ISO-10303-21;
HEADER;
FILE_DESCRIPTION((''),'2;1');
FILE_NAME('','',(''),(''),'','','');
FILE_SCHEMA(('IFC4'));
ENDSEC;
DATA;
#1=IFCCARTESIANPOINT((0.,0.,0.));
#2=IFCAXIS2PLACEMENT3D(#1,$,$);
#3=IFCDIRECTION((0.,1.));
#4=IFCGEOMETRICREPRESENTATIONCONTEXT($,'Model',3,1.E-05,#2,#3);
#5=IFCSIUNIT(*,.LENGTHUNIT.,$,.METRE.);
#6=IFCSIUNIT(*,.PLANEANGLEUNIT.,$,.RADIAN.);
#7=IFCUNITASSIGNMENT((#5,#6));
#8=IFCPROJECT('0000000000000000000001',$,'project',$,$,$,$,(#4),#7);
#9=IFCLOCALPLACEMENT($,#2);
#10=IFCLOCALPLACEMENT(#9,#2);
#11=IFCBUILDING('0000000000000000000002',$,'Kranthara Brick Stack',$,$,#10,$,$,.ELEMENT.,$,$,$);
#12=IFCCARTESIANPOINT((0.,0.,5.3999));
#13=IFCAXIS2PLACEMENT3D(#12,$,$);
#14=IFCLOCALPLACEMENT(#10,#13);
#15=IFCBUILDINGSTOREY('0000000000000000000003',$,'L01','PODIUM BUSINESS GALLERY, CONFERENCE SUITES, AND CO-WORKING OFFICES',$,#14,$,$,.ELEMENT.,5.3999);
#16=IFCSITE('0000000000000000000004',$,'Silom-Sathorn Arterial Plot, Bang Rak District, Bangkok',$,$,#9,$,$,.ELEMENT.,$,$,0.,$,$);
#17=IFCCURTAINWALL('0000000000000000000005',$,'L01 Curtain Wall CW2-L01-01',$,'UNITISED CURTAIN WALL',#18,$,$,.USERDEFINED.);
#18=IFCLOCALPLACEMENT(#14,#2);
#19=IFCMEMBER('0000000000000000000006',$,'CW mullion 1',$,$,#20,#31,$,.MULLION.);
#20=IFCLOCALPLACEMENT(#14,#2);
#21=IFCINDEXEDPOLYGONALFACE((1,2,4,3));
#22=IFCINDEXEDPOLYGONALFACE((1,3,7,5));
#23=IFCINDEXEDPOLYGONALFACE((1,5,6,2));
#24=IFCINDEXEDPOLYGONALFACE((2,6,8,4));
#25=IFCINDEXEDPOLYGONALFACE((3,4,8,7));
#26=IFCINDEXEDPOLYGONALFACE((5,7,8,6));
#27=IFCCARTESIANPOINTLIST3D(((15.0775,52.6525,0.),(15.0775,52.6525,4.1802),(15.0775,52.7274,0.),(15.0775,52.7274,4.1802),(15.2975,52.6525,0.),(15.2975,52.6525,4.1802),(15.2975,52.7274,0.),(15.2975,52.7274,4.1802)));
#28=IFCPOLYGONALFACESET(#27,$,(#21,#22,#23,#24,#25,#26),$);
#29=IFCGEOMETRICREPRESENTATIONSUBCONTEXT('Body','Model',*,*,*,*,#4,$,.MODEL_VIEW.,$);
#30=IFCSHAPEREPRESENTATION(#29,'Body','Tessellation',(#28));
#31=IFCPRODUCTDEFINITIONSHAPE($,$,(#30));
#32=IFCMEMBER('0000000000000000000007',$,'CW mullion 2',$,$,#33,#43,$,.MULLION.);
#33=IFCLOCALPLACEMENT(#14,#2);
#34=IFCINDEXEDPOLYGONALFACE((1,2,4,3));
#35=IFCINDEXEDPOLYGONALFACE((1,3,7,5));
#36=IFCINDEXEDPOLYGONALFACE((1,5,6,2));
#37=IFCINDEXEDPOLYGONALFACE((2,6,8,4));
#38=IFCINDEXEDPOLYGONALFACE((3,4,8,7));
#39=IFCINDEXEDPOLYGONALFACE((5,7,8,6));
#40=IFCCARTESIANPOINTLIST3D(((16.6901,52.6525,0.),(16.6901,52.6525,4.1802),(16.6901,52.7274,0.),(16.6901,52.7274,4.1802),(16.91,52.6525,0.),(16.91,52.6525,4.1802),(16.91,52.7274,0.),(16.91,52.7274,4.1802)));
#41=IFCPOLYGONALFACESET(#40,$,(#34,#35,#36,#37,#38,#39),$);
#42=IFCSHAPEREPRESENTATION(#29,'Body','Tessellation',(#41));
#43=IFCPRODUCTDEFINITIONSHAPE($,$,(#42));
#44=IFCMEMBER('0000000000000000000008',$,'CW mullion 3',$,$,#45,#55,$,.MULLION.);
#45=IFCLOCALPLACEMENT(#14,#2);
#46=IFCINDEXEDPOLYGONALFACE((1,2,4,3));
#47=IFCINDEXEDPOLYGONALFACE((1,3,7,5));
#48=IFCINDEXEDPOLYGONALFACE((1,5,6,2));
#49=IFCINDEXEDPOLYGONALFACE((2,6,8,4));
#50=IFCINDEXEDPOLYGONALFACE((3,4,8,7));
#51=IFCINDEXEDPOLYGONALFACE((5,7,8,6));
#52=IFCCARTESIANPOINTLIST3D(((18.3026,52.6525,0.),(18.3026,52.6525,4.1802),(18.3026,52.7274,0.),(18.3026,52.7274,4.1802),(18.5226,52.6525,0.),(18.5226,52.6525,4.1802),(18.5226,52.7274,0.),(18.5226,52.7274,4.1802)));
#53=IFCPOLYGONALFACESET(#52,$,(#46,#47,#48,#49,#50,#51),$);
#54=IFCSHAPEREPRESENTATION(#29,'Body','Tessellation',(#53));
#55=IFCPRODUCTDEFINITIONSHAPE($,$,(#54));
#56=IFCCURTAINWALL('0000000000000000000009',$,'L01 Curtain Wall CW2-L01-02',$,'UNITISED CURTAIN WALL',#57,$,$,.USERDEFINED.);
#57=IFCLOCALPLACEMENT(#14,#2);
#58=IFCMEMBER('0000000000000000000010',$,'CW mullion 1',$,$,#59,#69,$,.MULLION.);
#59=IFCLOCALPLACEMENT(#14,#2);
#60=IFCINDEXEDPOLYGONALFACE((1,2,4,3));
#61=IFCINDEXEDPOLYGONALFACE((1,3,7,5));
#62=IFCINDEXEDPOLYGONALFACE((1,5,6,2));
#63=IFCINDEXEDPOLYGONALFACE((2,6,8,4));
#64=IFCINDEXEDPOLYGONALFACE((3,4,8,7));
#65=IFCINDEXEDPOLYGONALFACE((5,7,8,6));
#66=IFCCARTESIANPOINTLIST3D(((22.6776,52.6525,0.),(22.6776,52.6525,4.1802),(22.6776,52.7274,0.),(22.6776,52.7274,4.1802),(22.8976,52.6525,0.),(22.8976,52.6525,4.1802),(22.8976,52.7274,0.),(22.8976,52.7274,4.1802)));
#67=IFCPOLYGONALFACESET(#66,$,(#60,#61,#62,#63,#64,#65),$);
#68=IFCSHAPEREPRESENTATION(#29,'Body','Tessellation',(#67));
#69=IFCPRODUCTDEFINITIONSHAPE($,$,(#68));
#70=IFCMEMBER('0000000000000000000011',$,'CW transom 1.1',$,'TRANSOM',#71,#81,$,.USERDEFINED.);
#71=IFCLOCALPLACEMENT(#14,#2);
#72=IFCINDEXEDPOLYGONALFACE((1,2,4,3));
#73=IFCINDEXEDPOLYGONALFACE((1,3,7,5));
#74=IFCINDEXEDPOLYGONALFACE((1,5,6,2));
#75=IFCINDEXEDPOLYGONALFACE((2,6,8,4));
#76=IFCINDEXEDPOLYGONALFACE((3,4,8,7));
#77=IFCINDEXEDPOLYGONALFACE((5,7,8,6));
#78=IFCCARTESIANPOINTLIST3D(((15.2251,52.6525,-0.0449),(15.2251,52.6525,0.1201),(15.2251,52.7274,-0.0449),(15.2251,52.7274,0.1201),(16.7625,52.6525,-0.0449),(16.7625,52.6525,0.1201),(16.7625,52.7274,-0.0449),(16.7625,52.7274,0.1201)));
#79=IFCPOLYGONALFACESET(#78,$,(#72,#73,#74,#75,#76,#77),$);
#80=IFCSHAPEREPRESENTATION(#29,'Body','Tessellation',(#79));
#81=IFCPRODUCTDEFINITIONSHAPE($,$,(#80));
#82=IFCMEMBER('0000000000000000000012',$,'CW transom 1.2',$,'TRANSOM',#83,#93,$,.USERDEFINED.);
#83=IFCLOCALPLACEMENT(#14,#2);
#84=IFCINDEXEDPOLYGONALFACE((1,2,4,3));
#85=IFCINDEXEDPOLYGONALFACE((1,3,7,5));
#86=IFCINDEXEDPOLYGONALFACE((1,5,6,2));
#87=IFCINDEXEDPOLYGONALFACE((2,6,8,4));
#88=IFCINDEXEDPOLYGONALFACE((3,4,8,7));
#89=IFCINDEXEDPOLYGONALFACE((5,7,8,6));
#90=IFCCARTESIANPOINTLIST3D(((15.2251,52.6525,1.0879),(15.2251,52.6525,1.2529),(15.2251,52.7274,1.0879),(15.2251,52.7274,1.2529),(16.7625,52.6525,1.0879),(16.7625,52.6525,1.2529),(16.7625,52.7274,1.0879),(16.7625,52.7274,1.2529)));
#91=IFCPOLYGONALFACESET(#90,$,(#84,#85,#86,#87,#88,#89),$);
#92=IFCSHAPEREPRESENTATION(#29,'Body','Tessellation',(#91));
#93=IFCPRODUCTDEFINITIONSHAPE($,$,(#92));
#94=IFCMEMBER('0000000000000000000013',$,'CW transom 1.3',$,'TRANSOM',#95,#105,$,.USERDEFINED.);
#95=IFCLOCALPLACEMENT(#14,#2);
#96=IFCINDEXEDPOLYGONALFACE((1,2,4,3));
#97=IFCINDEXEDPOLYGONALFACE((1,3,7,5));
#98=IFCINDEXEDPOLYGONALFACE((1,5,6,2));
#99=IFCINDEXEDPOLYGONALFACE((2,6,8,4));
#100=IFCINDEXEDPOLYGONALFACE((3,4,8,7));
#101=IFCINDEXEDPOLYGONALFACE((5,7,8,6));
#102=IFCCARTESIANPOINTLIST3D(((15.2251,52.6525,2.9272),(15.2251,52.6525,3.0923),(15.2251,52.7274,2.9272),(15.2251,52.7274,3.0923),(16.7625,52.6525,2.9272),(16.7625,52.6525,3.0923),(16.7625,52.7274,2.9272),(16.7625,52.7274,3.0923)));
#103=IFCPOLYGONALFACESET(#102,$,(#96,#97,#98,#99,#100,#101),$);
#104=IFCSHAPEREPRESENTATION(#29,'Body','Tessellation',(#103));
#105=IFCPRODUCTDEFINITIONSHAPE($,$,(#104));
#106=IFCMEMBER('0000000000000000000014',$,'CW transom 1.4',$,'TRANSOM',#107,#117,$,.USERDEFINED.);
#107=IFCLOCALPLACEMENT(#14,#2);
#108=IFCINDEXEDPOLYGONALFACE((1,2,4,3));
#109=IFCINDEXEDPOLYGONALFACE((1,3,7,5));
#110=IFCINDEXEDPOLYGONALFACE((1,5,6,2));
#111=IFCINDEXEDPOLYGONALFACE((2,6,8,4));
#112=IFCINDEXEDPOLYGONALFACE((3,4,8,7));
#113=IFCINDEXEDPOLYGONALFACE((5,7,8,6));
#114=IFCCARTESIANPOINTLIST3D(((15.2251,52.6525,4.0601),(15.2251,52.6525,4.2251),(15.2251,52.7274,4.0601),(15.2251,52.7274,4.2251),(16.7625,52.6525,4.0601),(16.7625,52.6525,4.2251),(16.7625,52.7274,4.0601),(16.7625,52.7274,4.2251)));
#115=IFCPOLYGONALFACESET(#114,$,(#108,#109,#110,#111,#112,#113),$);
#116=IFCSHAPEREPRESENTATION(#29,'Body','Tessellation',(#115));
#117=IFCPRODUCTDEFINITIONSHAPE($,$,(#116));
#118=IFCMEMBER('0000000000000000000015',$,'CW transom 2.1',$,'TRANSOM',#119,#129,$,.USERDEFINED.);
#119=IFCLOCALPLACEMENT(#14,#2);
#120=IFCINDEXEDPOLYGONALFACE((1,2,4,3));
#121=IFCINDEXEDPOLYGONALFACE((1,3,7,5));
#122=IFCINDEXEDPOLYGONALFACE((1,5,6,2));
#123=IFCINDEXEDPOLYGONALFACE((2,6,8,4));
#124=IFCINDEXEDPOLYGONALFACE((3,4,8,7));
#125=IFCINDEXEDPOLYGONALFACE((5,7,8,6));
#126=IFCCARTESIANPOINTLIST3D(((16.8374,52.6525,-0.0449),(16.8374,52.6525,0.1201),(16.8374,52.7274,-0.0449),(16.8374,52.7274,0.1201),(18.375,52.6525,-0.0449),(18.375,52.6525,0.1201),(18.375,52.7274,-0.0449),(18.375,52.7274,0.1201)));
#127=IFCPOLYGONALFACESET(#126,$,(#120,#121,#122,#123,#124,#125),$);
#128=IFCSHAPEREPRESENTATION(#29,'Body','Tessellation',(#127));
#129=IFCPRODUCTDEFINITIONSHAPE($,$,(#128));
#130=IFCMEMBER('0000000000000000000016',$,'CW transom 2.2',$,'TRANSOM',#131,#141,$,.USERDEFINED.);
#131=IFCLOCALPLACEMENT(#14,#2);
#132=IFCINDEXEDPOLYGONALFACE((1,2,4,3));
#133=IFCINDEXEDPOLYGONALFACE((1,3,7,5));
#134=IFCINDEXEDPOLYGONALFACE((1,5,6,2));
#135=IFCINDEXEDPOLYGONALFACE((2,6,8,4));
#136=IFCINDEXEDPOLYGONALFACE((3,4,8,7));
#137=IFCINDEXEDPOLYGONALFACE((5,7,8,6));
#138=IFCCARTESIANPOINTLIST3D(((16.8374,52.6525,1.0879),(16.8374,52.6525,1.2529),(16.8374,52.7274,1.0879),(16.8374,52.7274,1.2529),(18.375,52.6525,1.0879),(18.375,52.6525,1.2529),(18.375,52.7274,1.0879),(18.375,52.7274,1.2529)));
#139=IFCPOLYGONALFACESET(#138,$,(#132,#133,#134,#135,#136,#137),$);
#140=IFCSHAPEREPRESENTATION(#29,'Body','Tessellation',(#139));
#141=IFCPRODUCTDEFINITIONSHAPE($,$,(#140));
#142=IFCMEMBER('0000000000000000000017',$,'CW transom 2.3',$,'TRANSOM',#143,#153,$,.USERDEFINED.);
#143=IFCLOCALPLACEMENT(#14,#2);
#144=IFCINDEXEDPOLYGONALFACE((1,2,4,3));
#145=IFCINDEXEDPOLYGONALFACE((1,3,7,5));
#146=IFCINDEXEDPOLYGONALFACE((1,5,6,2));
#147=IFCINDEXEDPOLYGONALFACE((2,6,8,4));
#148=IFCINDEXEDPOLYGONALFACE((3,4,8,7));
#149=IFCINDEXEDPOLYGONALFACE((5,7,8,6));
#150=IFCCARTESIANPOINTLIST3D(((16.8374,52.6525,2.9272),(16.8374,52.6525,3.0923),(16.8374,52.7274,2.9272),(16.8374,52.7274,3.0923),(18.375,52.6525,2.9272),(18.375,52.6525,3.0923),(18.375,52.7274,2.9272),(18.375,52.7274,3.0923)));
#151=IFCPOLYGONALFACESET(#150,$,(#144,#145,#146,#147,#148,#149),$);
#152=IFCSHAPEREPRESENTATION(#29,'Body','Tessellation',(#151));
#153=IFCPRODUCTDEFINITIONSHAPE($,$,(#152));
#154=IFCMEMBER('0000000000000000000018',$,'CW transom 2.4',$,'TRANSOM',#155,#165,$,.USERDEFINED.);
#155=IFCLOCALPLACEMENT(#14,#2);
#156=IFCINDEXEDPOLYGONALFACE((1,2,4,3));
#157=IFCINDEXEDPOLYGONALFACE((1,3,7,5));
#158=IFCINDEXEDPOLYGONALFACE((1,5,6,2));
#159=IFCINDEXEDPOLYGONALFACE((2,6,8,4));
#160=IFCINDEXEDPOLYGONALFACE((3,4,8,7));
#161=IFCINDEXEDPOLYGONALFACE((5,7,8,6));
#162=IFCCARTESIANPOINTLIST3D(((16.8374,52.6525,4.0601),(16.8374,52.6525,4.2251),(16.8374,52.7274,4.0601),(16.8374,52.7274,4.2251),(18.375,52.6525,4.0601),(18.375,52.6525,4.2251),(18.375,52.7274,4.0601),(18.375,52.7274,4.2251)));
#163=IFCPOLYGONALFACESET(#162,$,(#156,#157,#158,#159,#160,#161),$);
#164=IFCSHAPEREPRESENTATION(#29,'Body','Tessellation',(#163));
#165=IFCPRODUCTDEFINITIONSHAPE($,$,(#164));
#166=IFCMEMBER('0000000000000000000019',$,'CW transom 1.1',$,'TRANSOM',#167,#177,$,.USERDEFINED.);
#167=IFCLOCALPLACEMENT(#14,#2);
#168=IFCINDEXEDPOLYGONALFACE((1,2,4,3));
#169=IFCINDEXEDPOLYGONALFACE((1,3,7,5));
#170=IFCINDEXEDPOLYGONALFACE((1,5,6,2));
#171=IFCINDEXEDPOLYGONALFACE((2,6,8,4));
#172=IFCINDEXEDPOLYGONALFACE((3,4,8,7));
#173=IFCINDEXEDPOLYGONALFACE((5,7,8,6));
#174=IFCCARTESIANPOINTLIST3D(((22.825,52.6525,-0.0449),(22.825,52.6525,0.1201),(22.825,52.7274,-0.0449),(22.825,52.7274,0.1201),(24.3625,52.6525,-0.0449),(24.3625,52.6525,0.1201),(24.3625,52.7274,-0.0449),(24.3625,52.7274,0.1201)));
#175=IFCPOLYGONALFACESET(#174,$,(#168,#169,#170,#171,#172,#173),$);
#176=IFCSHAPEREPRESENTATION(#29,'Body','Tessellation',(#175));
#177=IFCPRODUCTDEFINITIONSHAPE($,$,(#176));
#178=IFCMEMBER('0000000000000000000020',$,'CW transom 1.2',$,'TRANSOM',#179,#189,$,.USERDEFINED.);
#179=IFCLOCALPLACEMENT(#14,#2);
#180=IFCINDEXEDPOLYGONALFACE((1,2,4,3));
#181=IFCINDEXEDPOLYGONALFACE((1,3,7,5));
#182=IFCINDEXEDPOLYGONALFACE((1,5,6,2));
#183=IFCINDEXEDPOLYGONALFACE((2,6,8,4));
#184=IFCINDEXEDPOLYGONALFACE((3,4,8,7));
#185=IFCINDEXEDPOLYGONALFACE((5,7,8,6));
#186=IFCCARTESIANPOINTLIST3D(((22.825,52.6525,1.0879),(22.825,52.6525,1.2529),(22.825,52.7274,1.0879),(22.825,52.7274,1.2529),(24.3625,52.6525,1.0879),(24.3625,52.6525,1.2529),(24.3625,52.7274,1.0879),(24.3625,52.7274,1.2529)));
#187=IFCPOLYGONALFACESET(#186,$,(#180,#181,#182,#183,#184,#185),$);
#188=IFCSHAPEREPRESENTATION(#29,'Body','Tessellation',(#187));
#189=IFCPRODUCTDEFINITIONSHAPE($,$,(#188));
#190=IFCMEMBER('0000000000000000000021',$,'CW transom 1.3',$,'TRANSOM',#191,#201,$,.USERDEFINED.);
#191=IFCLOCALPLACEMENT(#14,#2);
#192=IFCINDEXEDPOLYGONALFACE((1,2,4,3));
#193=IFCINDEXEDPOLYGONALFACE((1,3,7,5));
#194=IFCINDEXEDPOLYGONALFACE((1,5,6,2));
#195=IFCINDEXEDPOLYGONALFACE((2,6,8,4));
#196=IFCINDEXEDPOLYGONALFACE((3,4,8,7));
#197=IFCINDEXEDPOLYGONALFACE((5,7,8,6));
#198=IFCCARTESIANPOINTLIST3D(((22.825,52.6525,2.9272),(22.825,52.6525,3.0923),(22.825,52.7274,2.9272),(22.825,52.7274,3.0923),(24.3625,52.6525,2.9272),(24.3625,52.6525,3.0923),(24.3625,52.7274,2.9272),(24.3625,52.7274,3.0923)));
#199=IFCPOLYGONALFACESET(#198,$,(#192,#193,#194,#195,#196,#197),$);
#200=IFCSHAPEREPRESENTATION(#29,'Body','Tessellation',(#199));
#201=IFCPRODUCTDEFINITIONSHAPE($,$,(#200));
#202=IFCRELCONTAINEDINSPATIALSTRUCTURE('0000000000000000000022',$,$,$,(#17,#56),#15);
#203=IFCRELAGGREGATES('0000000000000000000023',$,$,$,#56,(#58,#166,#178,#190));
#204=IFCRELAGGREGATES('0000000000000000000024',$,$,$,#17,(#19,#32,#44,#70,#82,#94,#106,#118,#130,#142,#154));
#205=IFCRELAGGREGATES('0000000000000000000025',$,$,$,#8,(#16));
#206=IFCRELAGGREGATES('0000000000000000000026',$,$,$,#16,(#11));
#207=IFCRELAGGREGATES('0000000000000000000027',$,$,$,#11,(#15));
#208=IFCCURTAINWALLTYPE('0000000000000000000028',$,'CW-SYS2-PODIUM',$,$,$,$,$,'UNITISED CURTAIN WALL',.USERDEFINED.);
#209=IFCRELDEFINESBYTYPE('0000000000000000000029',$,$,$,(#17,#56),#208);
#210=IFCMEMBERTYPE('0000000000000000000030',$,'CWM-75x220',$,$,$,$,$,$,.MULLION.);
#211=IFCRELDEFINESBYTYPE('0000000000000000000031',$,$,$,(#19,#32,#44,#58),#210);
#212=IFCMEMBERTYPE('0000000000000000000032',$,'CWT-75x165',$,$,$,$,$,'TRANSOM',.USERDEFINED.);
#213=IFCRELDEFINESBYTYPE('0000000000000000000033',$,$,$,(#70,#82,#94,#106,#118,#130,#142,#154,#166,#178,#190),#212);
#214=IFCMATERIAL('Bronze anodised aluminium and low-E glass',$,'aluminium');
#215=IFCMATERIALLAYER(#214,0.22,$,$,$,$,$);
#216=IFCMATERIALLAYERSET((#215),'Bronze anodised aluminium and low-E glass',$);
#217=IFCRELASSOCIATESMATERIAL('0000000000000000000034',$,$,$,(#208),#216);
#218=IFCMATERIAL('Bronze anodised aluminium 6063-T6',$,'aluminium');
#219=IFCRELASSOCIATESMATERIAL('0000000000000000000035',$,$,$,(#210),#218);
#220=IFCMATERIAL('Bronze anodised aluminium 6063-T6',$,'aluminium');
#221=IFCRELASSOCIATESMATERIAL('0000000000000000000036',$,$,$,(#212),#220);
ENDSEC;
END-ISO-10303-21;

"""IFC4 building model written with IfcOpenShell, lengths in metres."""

from ifc_helpers import new_model, si_unit, direction, frame, origin, origin_2d, place, context, subcontext, project, spatial, rectangle, extrude, material, layer, layer_set, material_profile, profile_set, type_object, element, aggregate, save


model = new_model("IFC4")

# Units and contexts
model_context = context("Model", 3, precision=1e-05, world=origin(), true_north=direction((0.0, 1.0)))
body_context = subcontext(model_context, "Body", "Model", "MODEL_VIEW")
ifc_project = project(units=[si_unit("LENGTHUNIT", "METRE"), si_unit("PLANEANGLEUNIT", "RADIAN")], contexts=[model_context])

# Site, building, storey
site_placement = place(None, origin())
site = spatial("IfcSite", under=ifc_project, at=site_placement, Name="Silom-Sathorn Arterial Plot, Bang Rak District, Bangkok", CompositionType="ELEMENT", RefElevation=0.0)
building_placement = place(site_placement, origin())
building = spatial("IfcBuilding", under=site, at=building_placement, Name="Kranthara Brick Stack", CompositionType="ELEMENT")
storey_placement = place(building_placement, frame((0.0, 0.0, 5.3999)))
storey = spatial("IfcBuildingStorey", under=building, at=storey_placement, Name="L01", Description="PODIUM BUSINESS GALLERY, CONFERENCE SUITES, AND CO-WORKING OFFICES", CompositionType="ELEMENT", Elevation=5.3999)

# Curtain wall, members
ifc_material_1 = material(Name="Bronze anodised aluminium and low-E glass", Category="aluminium")
ifc_layer_1 = layer(ifc_material_1, 0.22)
ifc_layer_set_1 = layer_set([ifc_layer_1], Name="Bronze anodised aluminium and low-E glass")
curtain_wall_type = type_object("IfcCurtainWallType", Name="CW-SYS2-PODIUM", ElementType="UNITISED CURTAIN WALL", PredefinedType="USERDEFINED", material=ifc_layer_set_1)
curtain_wall_1_placement = place(storey_placement, origin())
curtain_wall_1 = element("IfcCurtainWall", 1, at=curtain_wall_1_placement, inside=storey, type_object=curtain_wall_type, Name="L01 Curtain Wall CW2-L01-01", ObjectType="UNITISED CURTAIN WALL", PredefinedType="USERDEFINED")
ifc_material_2 = material(Name="Bronze anodised aluminium 6063-T6", Category="aluminium")
ifc_material_profile_1 = material_profile(ifc_material_2, rectangle(XDim=0.075, YDim=0.22, at=origin_2d()), Name="ALU MULLION 75x220")
ifc_profile_set_1 = profile_set([ifc_material_profile_1], Name="Bronze anodised aluminium 6063-T6")
member_type_1 = type_object("IfcMemberType", Name="CWM-75x220", PredefinedType="MULLION", material=ifc_profile_set_1)
member_1_placement = place(storey_placement, frame((15.1875, 52.6899, 0.0), z_axis=(0.0, 0.0, 1.0), x_axis=(0.0, 1.0, 0.0)))
member_1 = element("IfcMember", 2, at=member_1_placement, type_object=member_type_1, Name="CW mullion 1", PredefinedType="MULLION", context=body_context, shape_type="SweptSolid", body=[
    extrude(rectangle(XDim=0.075, YDim=0.22, at=origin_2d()), origin(), (0.0, 0.0, 1.0), 4.1802),
])
member_2_placement = place(storey_placement, frame((16.8, 52.6899, 0.0), z_axis=(0.0, 0.0, 1.0), x_axis=(0.0, 1.0, 0.0)))
member_2 = element("IfcMember", 3, at=member_2_placement, type_object=member_type_1, Name="CW mullion 2", PredefinedType="MULLION", context=body_context, shape_type="SweptSolid", body=[
    extrude(rectangle(XDim=0.075, YDim=0.22, at=origin_2d()), origin(), (0.0, 0.0, 1.0), 4.1802),
])
member_3_placement = place(storey_placement, frame((18.4126, 52.6899, 0.0), z_axis=(0.0, 0.0, 1.0), x_axis=(0.0, 1.0, 0.0)))
member_3 = element("IfcMember", 4, at=member_3_placement, type_object=member_type_1, Name="CW mullion 3", PredefinedType="MULLION", context=body_context, shape_type="SweptSolid", body=[
    extrude(rectangle(XDim=0.075, YDim=0.22, at=origin_2d()), origin(), (0.0, 0.0, 1.0), 4.1802),
])

# Curtain wall, member
curtain_wall_2_placement = place(storey_placement, origin())
curtain_wall_2 = element("IfcCurtainWall", 5, at=curtain_wall_2_placement, inside=storey, type_object=curtain_wall_type, Name="L01 Curtain Wall CW2-L01-02", ObjectType="UNITISED CURTAIN WALL", PredefinedType="USERDEFINED")
member_4_placement = place(storey_placement, frame((22.7876, 52.6899, 0.0), z_axis=(0.0, 0.0, 1.0), x_axis=(0.0, 1.0, 0.0)))
member_4 = element("IfcMember", 6, at=member_4_placement, type_object=member_type_1, Name="CW mullion 1", PredefinedType="MULLION", context=body_context, shape_type="SweptSolid", body=[
    extrude(rectangle(XDim=0.075, YDim=0.22, at=origin_2d()), origin(), (0.0, 0.0, 1.0), 4.1802),
])

# Members
ifc_material_3 = material(Name="Bronze anodised aluminium 6063-T6", Category="aluminium")
ifc_material_profile_2 = material_profile(ifc_material_3, rectangle(XDim=0.075, YDim=0.165, at=origin_2d()), Name="ALU TRANSOM 75x165")
ifc_profile_set_2 = profile_set([ifc_material_profile_2], Name="Bronze anodised aluminium 6063-T6")
member_type_2 = type_object("IfcMemberType", Name="CWT-75x165", ElementType="TRANSOM", PredefinedType="USERDEFINED", material=ifc_profile_set_2)
member_5_placement = place(storey_placement, frame((15.2251, 52.6899, 0.0376), z_axis=(1.0, 0.0, 0.0), x_axis=(0.0, 1.0, 0.0)))
member_5 = element("IfcMember", 7, at=member_5_placement, type_object=member_type_2, Name="CW transom 1.1", ObjectType="TRANSOM", PredefinedType="USERDEFINED", context=body_context, shape_type="SweptSolid", body=[
    extrude(rectangle(XDim=0.075, YDim=0.165, at=origin_2d()), origin(), (0.0, 0.0, 1.0), 1.5374),
])
member_6_placement = place(storey_placement, frame((15.2251, 52.6899, 1.1704), z_axis=(1.0, 0.0, 0.0), x_axis=(0.0, 1.0, 0.0)))
member_6 = element("IfcMember", 8, at=member_6_placement, type_object=member_type_2, Name="CW transom 1.2", ObjectType="TRANSOM", PredefinedType="USERDEFINED", context=body_context, shape_type="SweptSolid", body=[
    extrude(rectangle(XDim=0.075, YDim=0.165, at=origin_2d()), origin(), (0.0, 0.0, 1.0), 1.5374),
])
member_7_placement = place(storey_placement, frame((15.2251, 52.6899, 3.0098), z_axis=(1.0, 0.0, 0.0), x_axis=(0.0, 1.0, 0.0)))
member_7 = element("IfcMember", 9, at=member_7_placement, type_object=member_type_2, Name="CW transom 1.3", ObjectType="TRANSOM", PredefinedType="USERDEFINED", context=body_context, shape_type="SweptSolid", body=[
    extrude(rectangle(XDim=0.075, YDim=0.165, at=origin_2d()), origin(), (0.0, 0.0, 1.0), 1.5374),
])
member_8_placement = place(storey_placement, frame((15.2251, 52.6899, 4.1426), z_axis=(1.0, 0.0, 0.0), x_axis=(0.0, 1.0, 0.0)))
member_8 = element("IfcMember", 10, at=member_8_placement, type_object=member_type_2, Name="CW transom 1.4", ObjectType="TRANSOM", PredefinedType="USERDEFINED", context=body_context, shape_type="SweptSolid", body=[
    extrude(rectangle(XDim=0.075, YDim=0.165, at=origin_2d()), origin(), (0.0, 0.0, 1.0), 1.5374),
])
member_9_placement = place(storey_placement, frame((16.8374, 52.6899, 0.0376), z_axis=(1.0, 0.0, 0.0), x_axis=(0.0, 1.0, 0.0)))
member_9 = element("IfcMember", 11, at=member_9_placement, type_object=member_type_2, Name="CW transom 2.1", ObjectType="TRANSOM", PredefinedType="USERDEFINED", context=body_context, shape_type="SweptSolid", body=[
    extrude(rectangle(XDim=0.075, YDim=0.165, at=origin_2d()), origin(), (0.0, 0.0, 1.0), 1.5376),
])
member_10_placement = place(storey_placement, frame((16.8374, 52.6899, 1.1704), z_axis=(1.0, 0.0, 0.0), x_axis=(0.0, 1.0, 0.0)))
member_10 = element("IfcMember", 12, at=member_10_placement, type_object=member_type_2, Name="CW transom 2.2", ObjectType="TRANSOM", PredefinedType="USERDEFINED", context=body_context, shape_type="SweptSolid", body=[
    extrude(rectangle(XDim=0.075, YDim=0.165, at=origin_2d()), origin(), (0.0, 0.0, 1.0), 1.5376),
])
member_11_placement = place(storey_placement, frame((16.8374, 52.6899, 3.0098), z_axis=(1.0, 0.0, 0.0), x_axis=(0.0, 1.0, 0.0)))
member_11 = element("IfcMember", 13, at=member_11_placement, type_object=member_type_2, Name="CW transom 2.3", ObjectType="TRANSOM", PredefinedType="USERDEFINED", context=body_context, shape_type="SweptSolid", body=[
    extrude(rectangle(XDim=0.075, YDim=0.165, at=origin_2d()), origin(), (0.0, 0.0, 1.0), 1.5376),
])
member_12_placement = place(storey_placement, frame((16.8374, 52.6899, 4.1426), z_axis=(1.0, 0.0, 0.0), x_axis=(0.0, 1.0, 0.0)))
member_12 = element("IfcMember", 14, at=member_12_placement, type_object=member_type_2, Name="CW transom 2.4", ObjectType="TRANSOM", PredefinedType="USERDEFINED", context=body_context, shape_type="SweptSolid", body=[
    extrude(rectangle(XDim=0.075, YDim=0.165, at=origin_2d()), origin(), (0.0, 0.0, 1.0), 1.5376),
])
member_13_placement = place(storey_placement, frame((22.825, 52.6899, 0.0376), z_axis=(1.0, 0.0, 0.0), x_axis=(0.0, 1.0, 0.0)))
member_13 = element("IfcMember", 15, at=member_13_placement, type_object=member_type_2, Name="CW transom 1.1", ObjectType="TRANSOM", PredefinedType="USERDEFINED", context=body_context, shape_type="SweptSolid", body=[
    extrude(rectangle(XDim=0.075, YDim=0.165, at=origin_2d()), origin(), (0.0, 0.0, 1.0), 1.5376),
])
member_14_placement = place(storey_placement, frame((22.825, 52.6899, 1.1704), z_axis=(1.0, 0.0, 0.0), x_axis=(0.0, 1.0, 0.0)))
member_14 = element("IfcMember", 16, at=member_14_placement, type_object=member_type_2, Name="CW transom 1.2", ObjectType="TRANSOM", PredefinedType="USERDEFINED", context=body_context, shape_type="SweptSolid", body=[
    extrude(rectangle(XDim=0.075, YDim=0.165, at=origin_2d()), origin(), (0.0, 0.0, 1.0), 1.5376),
])
member_15_placement = place(storey_placement, frame((22.825, 52.6899, 3.0098), z_axis=(1.0, 0.0, 0.0), x_axis=(0.0, 1.0, 0.0)))
member_15 = element("IfcMember", 17, at=member_15_placement, type_object=member_type_2, Name="CW transom 1.3", ObjectType="TRANSOM", PredefinedType="USERDEFINED", context=body_context, shape_type="SweptSolid", body=[
    extrude(rectangle(XDim=0.075, YDim=0.165, at=origin_2d()), origin(), (0.0, 0.0, 1.0), 1.5376),
])
aggregate(curtain_wall_2, [member_4, member_13, member_14, member_15])

aggregate(curtain_wall_1, [member_1, member_2, member_3, member_5, member_6, member_7, member_8, member_9, member_10, member_11, member_12])

save(model, "model.ifc")
